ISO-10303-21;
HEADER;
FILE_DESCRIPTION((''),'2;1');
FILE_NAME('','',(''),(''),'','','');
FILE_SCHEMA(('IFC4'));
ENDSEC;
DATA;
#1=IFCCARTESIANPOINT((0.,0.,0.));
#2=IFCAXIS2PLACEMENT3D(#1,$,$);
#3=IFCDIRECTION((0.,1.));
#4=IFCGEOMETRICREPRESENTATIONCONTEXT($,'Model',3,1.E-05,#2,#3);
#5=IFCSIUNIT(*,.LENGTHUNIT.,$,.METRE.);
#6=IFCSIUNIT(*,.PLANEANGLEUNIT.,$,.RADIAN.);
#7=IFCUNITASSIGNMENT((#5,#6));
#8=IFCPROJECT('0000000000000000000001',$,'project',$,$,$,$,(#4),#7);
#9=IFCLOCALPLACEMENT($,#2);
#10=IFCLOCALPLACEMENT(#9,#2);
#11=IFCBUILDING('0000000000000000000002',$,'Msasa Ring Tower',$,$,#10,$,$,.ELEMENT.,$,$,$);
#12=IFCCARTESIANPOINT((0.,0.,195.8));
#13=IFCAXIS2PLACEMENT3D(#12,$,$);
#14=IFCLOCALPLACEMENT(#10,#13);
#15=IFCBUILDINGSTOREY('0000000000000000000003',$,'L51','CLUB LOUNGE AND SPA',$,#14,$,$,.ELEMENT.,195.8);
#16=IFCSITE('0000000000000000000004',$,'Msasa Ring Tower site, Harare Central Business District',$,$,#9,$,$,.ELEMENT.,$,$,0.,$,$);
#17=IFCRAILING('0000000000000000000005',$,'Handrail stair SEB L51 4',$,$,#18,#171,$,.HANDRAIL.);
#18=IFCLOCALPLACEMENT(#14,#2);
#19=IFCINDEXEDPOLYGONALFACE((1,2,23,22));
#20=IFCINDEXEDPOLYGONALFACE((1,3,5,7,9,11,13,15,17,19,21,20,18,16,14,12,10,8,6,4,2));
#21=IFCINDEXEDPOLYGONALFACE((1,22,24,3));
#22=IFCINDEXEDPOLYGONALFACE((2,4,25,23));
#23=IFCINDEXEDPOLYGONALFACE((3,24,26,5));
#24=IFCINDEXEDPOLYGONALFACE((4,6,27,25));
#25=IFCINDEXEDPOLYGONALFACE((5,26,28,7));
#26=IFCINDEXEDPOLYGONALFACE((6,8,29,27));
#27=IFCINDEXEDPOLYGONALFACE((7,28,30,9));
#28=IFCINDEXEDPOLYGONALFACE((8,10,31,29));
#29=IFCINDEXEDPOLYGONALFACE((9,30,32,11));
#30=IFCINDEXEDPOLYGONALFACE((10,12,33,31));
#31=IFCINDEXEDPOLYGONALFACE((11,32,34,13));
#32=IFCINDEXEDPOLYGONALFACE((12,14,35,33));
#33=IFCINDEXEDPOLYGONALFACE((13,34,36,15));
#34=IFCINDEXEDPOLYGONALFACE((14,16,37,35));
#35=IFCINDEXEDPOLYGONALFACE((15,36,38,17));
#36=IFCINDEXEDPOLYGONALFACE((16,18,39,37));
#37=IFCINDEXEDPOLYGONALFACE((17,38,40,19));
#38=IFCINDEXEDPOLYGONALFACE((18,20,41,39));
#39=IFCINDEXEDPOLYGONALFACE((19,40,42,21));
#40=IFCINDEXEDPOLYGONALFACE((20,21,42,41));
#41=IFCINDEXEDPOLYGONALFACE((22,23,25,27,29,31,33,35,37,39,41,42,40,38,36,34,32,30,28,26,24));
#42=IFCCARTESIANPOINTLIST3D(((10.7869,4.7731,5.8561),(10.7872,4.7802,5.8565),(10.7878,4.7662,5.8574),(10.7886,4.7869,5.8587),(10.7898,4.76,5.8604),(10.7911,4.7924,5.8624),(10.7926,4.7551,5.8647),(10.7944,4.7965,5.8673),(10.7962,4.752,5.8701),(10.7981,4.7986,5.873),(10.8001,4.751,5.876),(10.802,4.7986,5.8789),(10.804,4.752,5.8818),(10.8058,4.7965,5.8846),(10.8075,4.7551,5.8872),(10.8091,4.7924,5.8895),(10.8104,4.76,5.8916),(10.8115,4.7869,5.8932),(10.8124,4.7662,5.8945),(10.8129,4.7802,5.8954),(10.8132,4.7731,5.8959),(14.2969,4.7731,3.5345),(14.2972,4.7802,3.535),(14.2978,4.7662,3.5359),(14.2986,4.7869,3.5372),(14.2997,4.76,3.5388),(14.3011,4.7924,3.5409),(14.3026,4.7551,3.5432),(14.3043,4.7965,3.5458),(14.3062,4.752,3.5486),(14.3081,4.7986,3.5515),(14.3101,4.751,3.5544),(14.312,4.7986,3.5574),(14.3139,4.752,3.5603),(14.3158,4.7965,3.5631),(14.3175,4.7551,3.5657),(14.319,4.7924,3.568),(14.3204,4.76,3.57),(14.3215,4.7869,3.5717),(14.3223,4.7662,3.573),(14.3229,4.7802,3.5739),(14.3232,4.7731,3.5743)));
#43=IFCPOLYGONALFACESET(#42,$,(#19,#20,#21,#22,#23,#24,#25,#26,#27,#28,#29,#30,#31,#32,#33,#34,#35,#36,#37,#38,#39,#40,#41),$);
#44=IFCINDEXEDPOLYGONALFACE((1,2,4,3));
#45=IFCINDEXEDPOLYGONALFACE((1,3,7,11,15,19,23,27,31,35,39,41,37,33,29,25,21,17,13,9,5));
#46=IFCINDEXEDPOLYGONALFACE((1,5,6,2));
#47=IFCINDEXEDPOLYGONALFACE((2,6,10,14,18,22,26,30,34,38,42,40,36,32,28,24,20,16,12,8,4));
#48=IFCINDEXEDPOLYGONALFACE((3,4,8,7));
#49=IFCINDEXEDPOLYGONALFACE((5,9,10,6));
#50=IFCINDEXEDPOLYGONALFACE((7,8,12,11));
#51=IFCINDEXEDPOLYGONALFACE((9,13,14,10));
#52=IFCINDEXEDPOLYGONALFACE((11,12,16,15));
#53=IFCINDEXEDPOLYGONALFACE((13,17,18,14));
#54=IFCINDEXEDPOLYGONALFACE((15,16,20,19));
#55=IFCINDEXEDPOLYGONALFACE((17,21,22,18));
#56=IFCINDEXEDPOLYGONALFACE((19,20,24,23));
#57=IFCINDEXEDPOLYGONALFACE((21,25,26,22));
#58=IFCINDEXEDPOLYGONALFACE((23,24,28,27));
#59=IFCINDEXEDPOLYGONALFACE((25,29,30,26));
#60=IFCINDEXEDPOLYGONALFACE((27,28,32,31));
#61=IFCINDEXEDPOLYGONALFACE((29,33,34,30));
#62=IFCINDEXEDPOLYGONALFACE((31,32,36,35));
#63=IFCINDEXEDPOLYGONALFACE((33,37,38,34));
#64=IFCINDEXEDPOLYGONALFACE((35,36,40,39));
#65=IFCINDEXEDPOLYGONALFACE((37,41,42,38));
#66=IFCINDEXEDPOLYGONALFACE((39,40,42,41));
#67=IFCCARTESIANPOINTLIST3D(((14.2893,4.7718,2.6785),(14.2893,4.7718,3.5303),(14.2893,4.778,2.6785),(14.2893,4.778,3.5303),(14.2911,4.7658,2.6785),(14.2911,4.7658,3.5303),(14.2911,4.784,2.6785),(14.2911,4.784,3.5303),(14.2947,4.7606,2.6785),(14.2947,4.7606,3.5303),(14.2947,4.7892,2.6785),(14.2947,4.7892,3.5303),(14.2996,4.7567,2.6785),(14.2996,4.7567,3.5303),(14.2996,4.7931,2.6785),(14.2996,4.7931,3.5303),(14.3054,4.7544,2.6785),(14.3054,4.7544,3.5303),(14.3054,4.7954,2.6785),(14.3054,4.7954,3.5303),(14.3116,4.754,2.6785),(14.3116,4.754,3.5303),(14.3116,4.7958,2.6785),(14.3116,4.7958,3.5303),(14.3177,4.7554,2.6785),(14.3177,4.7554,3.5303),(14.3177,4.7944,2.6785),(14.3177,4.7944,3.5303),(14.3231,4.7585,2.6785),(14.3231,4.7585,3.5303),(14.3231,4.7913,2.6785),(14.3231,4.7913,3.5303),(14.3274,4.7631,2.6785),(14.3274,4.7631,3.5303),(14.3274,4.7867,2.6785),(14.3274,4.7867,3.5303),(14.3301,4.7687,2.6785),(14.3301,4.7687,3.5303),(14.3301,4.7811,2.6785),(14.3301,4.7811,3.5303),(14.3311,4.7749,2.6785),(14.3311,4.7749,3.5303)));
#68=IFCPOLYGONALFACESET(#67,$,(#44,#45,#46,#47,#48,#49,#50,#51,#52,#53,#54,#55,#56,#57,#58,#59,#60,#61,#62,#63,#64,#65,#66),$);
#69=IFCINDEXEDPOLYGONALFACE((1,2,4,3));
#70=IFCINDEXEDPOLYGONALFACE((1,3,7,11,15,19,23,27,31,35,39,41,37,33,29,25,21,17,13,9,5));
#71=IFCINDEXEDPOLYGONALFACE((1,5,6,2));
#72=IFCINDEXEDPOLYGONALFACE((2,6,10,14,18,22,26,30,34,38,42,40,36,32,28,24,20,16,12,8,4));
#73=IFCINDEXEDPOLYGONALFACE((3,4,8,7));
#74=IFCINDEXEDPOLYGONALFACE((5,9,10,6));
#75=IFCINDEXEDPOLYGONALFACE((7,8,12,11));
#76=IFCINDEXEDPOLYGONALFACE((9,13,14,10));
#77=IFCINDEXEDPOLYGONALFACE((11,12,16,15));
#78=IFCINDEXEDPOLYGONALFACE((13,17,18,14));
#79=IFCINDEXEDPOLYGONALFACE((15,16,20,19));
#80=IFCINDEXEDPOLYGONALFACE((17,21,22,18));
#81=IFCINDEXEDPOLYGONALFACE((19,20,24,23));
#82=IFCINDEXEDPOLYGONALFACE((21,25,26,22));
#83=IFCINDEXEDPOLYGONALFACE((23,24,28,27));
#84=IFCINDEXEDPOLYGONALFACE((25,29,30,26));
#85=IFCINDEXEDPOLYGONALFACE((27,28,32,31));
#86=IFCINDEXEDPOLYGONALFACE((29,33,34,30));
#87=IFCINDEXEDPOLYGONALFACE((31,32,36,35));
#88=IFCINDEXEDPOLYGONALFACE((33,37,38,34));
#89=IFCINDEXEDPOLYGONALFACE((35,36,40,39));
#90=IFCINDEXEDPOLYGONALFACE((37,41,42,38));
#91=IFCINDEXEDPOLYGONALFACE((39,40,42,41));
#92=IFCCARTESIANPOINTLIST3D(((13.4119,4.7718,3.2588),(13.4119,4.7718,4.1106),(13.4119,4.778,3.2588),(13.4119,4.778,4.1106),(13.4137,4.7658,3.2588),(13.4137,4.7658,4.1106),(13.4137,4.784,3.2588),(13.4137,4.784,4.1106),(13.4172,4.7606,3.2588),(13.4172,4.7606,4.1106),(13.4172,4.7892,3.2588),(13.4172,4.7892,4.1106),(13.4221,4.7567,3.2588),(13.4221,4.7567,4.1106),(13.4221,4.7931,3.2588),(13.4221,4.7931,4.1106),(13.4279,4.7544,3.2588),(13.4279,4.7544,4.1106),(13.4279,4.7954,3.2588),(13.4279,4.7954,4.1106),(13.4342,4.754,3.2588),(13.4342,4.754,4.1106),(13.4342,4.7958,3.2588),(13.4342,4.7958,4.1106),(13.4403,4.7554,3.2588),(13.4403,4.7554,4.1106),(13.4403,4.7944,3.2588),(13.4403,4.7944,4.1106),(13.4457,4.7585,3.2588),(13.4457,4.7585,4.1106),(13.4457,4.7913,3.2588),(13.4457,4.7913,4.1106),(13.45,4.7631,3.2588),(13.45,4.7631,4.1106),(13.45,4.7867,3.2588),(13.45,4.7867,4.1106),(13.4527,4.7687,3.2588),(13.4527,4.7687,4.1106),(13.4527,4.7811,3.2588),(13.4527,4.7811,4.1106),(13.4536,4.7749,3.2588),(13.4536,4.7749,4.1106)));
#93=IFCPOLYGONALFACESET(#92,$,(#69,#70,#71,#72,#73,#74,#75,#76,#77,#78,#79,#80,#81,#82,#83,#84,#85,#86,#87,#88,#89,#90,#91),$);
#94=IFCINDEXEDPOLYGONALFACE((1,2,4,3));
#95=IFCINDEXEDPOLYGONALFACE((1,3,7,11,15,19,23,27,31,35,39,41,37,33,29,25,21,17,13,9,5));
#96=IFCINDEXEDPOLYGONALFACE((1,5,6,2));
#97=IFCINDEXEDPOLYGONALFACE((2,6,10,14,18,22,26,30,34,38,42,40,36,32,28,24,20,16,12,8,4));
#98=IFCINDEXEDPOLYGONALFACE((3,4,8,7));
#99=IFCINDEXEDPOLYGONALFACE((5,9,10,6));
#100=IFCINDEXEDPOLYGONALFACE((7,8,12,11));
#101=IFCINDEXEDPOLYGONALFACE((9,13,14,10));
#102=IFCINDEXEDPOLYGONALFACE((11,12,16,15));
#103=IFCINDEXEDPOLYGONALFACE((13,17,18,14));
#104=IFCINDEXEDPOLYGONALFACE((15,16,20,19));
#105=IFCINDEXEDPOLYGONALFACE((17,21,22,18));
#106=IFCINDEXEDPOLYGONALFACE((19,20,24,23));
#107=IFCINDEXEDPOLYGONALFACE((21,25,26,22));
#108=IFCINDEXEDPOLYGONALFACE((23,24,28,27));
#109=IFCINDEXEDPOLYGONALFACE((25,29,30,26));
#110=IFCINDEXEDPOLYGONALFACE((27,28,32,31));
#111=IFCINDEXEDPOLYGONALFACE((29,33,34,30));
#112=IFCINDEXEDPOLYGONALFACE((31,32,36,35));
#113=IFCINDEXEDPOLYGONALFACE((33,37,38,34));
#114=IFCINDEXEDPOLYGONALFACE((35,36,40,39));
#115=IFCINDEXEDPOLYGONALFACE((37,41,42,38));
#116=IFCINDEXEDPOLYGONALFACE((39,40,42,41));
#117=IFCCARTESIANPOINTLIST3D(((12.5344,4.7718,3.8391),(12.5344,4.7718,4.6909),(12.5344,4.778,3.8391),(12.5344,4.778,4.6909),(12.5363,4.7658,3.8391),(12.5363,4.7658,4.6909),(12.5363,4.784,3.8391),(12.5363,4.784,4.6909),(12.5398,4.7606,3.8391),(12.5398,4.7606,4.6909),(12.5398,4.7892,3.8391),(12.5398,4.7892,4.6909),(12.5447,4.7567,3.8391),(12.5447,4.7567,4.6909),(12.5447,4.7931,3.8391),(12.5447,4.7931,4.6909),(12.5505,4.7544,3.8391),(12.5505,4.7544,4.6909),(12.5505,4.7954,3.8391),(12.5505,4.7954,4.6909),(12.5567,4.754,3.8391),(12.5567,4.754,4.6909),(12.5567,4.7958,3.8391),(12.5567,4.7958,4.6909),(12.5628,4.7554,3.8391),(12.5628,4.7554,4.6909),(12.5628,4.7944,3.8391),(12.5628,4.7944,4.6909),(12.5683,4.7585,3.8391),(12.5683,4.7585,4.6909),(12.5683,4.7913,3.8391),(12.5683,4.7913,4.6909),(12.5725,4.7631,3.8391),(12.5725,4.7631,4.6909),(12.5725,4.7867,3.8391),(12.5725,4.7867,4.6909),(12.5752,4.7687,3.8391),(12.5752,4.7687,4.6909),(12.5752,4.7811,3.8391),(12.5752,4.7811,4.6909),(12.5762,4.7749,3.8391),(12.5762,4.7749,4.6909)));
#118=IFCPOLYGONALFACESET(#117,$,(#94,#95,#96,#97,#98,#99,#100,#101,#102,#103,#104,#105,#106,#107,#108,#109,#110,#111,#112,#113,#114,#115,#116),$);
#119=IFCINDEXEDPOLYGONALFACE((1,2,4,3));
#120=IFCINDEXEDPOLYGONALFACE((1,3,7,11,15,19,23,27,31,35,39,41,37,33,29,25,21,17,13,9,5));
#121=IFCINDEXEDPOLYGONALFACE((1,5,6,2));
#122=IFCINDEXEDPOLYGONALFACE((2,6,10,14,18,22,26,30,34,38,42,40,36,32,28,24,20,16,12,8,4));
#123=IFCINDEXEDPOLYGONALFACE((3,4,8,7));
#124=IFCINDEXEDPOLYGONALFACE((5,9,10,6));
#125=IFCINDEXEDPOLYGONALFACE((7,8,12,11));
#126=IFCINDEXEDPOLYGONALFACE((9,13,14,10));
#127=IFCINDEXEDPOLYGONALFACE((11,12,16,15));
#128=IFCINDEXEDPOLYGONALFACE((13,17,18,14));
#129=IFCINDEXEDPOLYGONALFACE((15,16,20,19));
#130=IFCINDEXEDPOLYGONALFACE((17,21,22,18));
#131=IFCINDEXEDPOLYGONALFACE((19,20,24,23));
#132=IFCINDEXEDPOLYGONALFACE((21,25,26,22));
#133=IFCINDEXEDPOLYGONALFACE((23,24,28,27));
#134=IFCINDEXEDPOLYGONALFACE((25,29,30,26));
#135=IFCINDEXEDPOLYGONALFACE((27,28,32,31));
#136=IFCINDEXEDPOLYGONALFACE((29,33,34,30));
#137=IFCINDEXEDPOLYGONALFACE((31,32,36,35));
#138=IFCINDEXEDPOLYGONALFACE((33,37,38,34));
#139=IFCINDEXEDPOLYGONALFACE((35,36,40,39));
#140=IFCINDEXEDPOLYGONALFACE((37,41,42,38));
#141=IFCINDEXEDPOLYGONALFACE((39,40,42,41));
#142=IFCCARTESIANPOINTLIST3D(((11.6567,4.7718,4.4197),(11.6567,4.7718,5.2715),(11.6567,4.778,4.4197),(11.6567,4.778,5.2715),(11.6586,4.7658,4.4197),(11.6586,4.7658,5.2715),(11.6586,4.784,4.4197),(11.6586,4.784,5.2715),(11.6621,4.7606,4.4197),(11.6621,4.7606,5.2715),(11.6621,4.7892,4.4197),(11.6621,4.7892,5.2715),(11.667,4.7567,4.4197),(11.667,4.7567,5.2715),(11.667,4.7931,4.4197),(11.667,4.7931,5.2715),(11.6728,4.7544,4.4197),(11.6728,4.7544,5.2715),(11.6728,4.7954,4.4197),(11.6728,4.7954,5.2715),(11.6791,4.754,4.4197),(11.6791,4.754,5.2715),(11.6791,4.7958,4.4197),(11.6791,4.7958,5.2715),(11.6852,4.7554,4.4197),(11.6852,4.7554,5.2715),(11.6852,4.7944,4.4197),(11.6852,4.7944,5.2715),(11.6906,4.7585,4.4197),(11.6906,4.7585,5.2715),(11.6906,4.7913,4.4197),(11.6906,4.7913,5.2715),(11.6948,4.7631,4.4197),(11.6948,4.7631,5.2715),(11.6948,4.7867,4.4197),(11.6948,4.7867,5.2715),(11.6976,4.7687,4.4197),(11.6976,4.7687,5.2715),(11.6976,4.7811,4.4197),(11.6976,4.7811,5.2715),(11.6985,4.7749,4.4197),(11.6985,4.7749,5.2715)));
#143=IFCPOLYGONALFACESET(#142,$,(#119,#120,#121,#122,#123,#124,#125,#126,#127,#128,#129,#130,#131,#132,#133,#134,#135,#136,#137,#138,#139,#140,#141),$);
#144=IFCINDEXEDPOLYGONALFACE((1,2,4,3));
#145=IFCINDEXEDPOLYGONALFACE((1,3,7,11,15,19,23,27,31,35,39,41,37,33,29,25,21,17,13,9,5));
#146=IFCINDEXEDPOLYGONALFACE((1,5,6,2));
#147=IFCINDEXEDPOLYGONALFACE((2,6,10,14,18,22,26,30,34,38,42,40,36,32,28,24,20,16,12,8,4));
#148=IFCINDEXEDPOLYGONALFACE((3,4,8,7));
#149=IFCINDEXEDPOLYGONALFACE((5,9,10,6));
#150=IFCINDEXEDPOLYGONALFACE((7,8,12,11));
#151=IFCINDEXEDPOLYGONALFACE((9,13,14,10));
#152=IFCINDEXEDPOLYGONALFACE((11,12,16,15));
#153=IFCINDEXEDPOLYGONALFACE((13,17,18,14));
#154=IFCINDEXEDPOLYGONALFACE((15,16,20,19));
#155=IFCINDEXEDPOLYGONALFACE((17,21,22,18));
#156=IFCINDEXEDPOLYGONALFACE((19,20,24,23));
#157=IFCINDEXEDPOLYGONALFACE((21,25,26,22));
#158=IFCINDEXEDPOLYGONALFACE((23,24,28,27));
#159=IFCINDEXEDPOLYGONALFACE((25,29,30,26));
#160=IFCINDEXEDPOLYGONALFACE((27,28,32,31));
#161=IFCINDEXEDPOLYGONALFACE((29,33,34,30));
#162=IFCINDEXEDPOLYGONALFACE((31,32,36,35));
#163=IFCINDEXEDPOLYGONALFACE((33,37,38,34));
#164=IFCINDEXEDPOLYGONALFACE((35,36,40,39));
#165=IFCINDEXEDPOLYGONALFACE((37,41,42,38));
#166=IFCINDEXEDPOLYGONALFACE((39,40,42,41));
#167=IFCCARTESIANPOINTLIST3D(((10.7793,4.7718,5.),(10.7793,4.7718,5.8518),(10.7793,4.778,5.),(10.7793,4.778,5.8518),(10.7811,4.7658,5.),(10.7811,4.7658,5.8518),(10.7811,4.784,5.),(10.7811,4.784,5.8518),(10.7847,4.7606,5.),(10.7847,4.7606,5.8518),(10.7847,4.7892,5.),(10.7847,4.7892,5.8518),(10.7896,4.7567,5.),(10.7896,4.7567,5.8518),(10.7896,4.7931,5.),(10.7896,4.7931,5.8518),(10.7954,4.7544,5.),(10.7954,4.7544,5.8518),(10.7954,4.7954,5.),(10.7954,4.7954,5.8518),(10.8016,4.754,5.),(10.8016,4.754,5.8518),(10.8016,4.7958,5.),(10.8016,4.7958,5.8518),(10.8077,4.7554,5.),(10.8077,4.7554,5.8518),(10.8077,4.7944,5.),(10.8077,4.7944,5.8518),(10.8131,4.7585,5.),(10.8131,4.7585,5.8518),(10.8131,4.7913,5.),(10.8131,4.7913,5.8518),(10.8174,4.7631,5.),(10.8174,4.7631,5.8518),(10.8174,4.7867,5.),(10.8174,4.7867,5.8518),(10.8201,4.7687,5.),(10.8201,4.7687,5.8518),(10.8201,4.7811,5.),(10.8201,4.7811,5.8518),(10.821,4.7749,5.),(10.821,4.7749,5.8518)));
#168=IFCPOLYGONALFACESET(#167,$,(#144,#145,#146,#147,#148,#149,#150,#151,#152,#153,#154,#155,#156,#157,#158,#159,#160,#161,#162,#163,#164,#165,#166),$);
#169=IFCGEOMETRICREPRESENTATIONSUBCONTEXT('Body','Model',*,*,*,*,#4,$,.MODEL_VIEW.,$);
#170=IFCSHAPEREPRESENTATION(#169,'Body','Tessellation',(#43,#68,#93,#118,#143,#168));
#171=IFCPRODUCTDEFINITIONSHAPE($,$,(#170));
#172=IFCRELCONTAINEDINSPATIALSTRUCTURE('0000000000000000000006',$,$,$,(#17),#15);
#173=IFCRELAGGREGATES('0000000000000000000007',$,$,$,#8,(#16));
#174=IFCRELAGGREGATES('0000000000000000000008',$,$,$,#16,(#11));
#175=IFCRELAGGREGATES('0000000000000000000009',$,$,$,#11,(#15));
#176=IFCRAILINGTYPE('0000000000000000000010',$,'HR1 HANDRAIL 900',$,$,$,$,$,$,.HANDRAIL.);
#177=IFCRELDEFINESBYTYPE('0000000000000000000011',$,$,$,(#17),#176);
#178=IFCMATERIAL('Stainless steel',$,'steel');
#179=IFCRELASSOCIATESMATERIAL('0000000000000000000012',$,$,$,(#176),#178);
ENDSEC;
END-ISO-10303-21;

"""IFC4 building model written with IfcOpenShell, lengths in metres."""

from ifc_helpers import new_model, si_unit, direction, frame, origin, origin_2d, place, context, subcontext, project, spatial, circle, extrude, material, type_object, element, save


model = new_model("IFC4")

# Units and contexts
model_context = context("Model", 3, precision=1e-05, world=origin(), true_north=direction((0.0, 1.0)))
body_context = subcontext(model_context, "Body", "Model", "MODEL_VIEW")
ifc_project = project(units=[si_unit("LENGTHUNIT", "METRE"), si_unit("PLANEANGLEUNIT", "RADIAN")], contexts=[model_context])

# Site, building, storey
site_placement = place(None, origin())
site = spatial("IfcSite", under=ifc_project, at=site_placement, Name="Msasa Ring Tower site, Harare Central Business District", CompositionType="ELEMENT", RefElevation=0.0)
building_placement = place(site_placement, origin())
building = spatial("IfcBuilding", under=site, at=building_placement, Name="Msasa Ring Tower", CompositionType="ELEMENT")
storey_placement = place(building_placement, frame((0.0, 0.0, 195.8)))
storey = spatial("IfcBuildingStorey", under=building, at=storey_placement, Name="L51", Description="CLUB LOUNGE AND SPA", CompositionType="ELEMENT", Elevation=195.8)

# Railing
ifc_material_1 = material(Name="Stainless steel", Category="steel")
railing_type = type_object("IfcRailingType", Name="HR1 HANDRAIL 900", PredefinedType="HANDRAIL", material=ifc_material_1)
for number, where, name in (
    (1, (14.3101, 4.7749, 2.6785), "Handrail stair SEB L51 4"),
):
    element("IfcRailing", number, at=place(storey_placement, frame(where)), inside=storey, type_object=railing_type, Name=name, PredefinedType="HANDRAIL", context=body_context, shape_type="SweptSolid", body=[
        extrude(circle(Radius=0.0239, at=origin_2d()), frame((0.0, 0.0, 0.876), z_axis=(-0.834071, 0.0, 0.551657), x_axis=(0.0, -1.0, 0.0)), (0.0, 0.0, 1.0), 4.2083),
        extrude(circle(Radius=0.021, at=origin_2d()), origin(), (0.0, 0.0, 1.0), 0.8518),
        extrude(circle(Radius=0.021, at=origin_2d()), frame((-0.8774, 0.0, 0.5803)), (0.0, 0.0, 1.0), 0.8518),
        extrude(circle(Radius=0.021, at=origin_2d()), frame((-1.7549, 0.0, 1.1606)), (0.0, 0.0, 1.0), 0.8518),
        extrude(circle(Radius=0.021, at=origin_2d()), frame((-2.6326, 0.0, 1.7412)), (0.0, 0.0, 1.0), 0.8518),
        extrude(circle(Radius=0.021, at=origin_2d()), frame((-3.51, 0.0, 2.3215)), (0.0, 0.0, 1.0), 0.8518),
    ])

save(model, "model.ifc")
